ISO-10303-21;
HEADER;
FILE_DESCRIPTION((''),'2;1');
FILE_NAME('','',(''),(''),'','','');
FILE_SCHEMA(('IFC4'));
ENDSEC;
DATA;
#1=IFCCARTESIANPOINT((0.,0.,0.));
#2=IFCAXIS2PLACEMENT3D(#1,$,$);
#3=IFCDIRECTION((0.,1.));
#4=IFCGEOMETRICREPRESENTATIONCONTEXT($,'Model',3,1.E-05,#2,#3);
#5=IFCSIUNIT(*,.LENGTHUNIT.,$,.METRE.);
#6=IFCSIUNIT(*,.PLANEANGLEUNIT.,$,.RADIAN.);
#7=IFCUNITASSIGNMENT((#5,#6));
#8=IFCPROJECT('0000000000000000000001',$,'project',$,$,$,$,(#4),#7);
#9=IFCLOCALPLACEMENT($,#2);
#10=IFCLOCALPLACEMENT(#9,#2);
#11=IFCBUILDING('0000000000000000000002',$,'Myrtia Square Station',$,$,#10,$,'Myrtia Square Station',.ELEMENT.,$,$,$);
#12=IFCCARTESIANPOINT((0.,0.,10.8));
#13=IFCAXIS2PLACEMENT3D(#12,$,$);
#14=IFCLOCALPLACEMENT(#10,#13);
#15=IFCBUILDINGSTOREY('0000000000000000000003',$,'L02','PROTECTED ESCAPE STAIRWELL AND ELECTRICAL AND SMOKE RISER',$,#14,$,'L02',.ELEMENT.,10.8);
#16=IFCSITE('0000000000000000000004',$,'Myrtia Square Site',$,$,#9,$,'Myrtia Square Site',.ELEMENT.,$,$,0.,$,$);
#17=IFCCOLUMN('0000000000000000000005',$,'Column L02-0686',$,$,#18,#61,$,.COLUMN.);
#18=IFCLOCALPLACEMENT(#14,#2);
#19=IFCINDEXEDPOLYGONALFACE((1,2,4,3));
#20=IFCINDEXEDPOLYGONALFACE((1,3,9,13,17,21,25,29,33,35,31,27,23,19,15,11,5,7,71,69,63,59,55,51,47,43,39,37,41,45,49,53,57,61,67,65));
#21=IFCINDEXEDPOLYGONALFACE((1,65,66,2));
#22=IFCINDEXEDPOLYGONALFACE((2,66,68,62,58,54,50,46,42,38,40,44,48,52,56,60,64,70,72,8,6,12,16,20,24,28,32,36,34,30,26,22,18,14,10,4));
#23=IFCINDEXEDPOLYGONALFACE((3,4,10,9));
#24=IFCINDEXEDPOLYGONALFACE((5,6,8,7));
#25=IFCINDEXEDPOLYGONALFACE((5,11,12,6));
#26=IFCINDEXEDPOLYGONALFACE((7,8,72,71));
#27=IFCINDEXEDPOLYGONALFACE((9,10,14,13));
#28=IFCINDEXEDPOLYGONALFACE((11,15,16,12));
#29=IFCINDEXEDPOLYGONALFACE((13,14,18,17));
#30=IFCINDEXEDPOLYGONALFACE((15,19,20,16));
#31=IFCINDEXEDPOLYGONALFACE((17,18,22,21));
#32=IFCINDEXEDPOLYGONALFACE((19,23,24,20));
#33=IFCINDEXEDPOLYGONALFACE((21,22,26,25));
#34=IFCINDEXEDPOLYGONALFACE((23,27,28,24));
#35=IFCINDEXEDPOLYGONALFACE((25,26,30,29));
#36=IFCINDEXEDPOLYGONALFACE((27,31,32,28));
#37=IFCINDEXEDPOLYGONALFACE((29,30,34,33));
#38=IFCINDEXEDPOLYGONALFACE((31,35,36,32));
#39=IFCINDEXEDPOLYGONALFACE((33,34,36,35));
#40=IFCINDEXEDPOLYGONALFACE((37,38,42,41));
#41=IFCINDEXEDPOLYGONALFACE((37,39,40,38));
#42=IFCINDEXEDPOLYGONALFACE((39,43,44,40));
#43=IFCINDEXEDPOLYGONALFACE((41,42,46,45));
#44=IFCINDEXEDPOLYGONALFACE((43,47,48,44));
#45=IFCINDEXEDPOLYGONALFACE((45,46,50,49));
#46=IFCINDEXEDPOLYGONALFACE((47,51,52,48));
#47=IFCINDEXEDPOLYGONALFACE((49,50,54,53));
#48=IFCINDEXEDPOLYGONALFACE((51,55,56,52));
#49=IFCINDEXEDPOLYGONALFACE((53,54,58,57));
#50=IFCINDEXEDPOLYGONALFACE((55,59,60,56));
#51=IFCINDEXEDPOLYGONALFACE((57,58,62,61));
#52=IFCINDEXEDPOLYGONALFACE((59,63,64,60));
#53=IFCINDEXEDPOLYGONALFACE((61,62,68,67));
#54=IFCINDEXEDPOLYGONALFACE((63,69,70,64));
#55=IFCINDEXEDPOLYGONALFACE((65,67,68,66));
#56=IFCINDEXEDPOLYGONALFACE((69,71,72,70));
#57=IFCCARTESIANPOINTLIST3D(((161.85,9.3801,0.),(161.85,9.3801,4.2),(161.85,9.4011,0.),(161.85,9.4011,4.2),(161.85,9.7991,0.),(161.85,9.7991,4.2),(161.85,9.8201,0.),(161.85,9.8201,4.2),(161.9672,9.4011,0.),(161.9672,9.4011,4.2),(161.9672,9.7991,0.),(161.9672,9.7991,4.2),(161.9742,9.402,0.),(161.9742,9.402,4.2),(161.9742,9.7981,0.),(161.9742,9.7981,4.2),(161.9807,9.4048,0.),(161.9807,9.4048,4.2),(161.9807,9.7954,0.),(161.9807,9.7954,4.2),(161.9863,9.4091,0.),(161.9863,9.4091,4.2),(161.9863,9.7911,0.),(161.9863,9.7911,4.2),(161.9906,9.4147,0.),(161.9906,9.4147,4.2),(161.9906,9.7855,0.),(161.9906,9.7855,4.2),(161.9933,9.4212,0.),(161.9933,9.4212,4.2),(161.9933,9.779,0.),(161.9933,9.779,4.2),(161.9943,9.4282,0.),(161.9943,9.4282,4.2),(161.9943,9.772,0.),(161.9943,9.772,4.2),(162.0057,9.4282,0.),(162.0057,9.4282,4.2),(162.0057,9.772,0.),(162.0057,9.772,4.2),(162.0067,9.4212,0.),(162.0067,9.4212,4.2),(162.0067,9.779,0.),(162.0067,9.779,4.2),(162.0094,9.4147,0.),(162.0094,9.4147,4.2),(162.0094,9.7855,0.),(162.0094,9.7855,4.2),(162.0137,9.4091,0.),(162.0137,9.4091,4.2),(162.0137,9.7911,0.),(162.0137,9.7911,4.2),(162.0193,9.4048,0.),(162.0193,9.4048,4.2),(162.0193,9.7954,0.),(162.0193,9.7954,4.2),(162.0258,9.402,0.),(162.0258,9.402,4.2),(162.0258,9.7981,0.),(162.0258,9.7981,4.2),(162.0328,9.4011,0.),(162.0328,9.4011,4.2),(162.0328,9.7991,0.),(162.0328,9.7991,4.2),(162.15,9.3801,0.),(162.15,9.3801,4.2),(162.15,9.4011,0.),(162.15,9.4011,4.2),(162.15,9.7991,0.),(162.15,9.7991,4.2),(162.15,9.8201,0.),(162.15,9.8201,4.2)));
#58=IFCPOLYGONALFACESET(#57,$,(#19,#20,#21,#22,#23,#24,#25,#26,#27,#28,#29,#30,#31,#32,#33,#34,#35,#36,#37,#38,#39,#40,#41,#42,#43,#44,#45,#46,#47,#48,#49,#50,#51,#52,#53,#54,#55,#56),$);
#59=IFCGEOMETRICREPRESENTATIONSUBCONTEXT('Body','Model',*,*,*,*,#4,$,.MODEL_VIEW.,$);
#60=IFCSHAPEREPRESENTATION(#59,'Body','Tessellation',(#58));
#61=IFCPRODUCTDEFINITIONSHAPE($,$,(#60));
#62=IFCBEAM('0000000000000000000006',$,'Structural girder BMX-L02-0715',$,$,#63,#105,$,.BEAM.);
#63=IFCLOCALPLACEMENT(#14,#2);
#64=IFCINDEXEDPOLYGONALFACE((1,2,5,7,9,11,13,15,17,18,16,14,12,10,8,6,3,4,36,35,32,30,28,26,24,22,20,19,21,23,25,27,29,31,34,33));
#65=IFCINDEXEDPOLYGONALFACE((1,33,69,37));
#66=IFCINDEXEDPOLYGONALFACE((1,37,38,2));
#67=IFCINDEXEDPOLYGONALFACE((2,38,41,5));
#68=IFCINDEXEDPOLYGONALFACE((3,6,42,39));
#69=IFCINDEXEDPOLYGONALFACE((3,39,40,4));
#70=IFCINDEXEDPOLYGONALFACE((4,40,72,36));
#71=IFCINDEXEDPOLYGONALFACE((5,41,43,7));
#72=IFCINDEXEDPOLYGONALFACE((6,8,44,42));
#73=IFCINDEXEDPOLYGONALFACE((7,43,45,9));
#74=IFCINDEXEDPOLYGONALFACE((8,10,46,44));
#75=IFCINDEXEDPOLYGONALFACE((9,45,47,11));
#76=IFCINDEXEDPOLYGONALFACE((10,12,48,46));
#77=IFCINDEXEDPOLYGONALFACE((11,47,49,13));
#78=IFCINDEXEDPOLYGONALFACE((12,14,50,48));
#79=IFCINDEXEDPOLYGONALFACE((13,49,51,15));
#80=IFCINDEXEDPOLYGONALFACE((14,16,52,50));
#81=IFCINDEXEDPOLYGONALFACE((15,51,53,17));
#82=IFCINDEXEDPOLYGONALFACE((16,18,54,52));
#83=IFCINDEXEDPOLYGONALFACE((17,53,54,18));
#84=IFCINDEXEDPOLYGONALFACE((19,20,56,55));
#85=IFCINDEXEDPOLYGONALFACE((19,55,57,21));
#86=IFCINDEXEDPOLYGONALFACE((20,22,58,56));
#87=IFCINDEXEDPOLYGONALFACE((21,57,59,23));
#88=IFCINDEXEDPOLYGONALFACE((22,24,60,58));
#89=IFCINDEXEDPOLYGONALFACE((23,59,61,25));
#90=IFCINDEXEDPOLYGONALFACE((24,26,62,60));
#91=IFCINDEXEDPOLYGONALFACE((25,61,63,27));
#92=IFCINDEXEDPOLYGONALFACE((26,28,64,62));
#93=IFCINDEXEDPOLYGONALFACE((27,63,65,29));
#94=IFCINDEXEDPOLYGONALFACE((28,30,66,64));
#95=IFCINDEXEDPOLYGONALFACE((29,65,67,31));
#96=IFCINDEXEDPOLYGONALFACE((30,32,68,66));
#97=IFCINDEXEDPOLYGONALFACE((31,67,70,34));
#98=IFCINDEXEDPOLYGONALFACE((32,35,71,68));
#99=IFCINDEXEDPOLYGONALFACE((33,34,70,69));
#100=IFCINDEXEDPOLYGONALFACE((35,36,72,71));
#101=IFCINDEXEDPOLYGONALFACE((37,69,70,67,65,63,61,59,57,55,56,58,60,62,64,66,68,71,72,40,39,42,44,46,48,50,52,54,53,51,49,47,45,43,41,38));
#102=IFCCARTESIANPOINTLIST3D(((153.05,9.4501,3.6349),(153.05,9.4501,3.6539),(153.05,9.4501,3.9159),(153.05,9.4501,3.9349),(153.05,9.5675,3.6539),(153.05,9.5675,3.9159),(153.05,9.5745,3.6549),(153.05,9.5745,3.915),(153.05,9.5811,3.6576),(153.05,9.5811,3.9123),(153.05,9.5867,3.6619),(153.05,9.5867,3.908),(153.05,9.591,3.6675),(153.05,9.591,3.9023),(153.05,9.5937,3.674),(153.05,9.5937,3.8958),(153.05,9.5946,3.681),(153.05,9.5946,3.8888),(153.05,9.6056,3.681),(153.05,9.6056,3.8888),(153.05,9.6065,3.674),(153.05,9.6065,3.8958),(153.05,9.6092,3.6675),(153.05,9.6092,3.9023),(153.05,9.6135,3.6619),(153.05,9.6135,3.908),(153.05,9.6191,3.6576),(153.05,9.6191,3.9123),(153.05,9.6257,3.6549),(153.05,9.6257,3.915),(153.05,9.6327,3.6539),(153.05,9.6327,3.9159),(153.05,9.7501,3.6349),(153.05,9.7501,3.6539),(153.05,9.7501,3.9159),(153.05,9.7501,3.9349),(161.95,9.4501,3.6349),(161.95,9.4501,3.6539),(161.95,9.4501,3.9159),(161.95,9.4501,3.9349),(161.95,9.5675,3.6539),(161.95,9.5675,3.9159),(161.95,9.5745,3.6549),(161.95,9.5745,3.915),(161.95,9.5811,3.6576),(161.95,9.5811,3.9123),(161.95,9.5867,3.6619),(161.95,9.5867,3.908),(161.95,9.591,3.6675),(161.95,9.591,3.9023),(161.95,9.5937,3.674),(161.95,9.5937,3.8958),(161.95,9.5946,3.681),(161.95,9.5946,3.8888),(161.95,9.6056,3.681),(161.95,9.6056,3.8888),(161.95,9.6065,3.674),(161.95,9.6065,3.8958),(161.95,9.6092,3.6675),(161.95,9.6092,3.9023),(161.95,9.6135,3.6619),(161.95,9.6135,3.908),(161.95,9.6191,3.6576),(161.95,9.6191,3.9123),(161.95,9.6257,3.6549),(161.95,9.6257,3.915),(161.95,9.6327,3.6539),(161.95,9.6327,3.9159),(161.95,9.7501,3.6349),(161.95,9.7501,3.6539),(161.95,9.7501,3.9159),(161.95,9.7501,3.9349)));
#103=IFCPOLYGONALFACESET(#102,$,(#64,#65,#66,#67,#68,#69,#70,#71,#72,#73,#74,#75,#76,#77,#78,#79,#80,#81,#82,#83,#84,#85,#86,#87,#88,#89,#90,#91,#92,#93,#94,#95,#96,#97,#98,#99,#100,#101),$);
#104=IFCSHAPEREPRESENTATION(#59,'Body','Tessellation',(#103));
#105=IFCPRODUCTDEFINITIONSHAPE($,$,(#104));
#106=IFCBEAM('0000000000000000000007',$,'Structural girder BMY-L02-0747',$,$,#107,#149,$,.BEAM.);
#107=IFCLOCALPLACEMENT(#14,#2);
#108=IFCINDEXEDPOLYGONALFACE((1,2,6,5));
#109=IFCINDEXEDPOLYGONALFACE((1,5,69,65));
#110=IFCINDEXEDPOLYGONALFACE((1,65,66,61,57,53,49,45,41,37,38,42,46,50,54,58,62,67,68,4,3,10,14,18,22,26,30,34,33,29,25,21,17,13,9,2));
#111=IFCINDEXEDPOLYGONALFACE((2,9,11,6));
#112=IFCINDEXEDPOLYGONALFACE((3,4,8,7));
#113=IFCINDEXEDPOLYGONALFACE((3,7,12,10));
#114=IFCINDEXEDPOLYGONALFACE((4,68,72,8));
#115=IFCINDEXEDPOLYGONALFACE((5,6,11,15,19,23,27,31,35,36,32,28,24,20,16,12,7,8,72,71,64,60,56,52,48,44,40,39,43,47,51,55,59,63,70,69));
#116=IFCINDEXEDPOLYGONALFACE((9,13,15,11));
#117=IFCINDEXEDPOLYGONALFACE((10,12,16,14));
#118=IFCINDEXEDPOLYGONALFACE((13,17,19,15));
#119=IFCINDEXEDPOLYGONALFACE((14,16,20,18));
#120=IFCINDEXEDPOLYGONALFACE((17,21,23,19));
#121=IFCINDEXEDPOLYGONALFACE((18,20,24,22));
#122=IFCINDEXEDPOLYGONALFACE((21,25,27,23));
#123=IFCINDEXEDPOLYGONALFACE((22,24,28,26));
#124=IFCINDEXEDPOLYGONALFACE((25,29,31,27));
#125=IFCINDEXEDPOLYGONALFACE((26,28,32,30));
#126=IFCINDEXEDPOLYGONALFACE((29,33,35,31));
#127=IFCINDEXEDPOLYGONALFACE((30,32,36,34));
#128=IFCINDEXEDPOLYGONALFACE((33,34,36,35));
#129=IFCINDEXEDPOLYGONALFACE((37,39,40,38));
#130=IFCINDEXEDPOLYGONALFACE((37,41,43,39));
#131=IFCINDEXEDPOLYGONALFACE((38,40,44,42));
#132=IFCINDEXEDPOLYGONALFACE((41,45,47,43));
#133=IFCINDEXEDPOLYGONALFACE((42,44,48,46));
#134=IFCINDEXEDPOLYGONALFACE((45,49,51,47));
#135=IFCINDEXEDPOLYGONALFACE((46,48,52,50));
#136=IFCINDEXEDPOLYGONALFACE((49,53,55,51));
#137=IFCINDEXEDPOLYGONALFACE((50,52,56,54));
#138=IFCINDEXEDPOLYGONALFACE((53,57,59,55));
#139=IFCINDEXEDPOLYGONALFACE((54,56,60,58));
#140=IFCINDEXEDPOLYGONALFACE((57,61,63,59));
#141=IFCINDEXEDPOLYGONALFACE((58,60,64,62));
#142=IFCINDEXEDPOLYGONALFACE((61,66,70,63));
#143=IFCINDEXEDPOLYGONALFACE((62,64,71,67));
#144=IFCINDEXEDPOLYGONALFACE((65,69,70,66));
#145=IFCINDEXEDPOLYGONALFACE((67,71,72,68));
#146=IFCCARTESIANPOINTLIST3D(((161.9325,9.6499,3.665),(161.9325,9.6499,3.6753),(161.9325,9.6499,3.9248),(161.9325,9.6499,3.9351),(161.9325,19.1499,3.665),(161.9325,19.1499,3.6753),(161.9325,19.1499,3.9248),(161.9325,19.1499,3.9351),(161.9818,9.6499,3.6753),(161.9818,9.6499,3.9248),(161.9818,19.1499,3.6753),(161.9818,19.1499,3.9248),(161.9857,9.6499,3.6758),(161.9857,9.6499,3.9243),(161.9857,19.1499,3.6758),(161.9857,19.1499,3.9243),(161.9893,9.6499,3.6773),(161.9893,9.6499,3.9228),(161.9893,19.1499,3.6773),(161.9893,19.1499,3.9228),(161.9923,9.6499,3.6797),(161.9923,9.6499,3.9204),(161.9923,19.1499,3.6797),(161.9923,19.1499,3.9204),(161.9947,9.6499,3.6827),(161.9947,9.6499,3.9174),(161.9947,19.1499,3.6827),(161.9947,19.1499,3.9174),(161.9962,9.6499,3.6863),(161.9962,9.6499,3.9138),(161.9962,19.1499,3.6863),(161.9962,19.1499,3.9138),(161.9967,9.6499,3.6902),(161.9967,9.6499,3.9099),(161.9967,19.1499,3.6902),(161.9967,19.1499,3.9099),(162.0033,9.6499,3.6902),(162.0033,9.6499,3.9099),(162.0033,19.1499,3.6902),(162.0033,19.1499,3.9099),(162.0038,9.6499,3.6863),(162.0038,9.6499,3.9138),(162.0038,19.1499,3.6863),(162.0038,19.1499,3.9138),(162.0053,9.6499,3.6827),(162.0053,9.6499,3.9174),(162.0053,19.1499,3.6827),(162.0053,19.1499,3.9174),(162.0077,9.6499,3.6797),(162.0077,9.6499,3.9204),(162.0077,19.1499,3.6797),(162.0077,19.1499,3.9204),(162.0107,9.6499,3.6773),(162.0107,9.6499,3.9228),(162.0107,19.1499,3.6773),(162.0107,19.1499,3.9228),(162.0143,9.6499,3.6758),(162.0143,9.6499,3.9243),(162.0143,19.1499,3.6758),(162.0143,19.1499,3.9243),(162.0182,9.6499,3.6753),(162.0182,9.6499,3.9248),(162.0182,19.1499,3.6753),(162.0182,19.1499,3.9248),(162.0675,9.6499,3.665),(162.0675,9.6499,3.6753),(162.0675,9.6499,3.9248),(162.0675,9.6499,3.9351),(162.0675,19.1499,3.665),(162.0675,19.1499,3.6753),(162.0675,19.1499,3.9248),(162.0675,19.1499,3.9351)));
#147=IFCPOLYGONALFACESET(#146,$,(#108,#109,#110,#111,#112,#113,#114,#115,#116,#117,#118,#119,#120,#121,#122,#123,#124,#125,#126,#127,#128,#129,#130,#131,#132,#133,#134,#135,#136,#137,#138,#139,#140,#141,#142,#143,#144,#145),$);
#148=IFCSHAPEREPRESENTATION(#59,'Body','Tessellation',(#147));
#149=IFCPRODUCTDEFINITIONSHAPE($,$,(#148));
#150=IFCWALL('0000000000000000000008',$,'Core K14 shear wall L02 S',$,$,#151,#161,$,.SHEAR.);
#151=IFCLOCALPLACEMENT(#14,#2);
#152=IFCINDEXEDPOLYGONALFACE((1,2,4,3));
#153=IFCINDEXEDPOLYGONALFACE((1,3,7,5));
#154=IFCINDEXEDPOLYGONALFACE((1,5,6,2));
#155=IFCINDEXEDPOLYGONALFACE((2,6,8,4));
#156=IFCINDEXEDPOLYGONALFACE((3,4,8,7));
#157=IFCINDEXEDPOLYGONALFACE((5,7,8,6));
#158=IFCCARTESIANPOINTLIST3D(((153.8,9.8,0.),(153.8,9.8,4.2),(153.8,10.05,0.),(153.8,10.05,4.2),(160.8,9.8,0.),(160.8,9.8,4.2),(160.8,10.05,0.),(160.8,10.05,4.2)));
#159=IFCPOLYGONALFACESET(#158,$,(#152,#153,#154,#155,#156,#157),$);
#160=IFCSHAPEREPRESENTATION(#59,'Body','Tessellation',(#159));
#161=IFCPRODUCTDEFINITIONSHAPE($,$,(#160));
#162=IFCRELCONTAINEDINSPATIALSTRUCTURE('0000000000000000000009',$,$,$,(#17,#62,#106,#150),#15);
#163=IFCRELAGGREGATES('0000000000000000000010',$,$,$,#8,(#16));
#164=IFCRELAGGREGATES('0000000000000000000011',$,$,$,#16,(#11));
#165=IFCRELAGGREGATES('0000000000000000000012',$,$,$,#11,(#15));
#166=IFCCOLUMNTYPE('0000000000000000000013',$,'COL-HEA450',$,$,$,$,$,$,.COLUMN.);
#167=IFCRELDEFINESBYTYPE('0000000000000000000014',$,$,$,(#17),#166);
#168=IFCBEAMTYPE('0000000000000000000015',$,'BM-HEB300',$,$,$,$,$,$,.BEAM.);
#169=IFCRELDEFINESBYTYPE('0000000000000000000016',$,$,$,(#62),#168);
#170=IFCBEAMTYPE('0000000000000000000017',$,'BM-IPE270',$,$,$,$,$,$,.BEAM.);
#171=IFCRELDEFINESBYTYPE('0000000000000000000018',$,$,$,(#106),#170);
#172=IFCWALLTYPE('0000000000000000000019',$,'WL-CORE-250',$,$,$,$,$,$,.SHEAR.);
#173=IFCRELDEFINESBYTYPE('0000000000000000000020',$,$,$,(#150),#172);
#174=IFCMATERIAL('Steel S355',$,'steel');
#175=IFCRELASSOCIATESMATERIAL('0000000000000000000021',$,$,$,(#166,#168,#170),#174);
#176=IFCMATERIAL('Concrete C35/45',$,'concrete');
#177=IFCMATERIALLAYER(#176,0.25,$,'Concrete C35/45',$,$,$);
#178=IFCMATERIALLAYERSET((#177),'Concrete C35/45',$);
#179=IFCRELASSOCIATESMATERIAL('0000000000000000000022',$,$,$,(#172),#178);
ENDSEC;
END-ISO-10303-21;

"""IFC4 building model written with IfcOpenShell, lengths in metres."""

from ifc_helpers import new_model, si_unit, direction, frame, frame_2d, origin, origin_2d, place, context, subcontext, project, spatial, rectangle, i_section, extrude, material, layer, layer_set, material_profile, profile_set, type_object, element, save


model = new_model("IFC4")

# Units and contexts
model_context = context("Model", 3, precision=1e-05, world=origin(), true_north=direction((0.0, 1.0)))
body_context = subcontext(model_context, "Body", "Model", "MODEL_VIEW")
ifc_project = project(units=[si_unit("LENGTHUNIT", "METRE"), si_unit("PLANEANGLEUNIT", "RADIAN")], contexts=[model_context])

# Site, building, storey
site_placement = place(None, origin())
site = spatial("IfcSite", under=ifc_project, at=site_placement, Name="Myrtia Square Site", LongName="Myrtia Square Site", CompositionType="ELEMENT", RefElevation=0.0)
building_placement = place(site_placement, origin())
building = spatial("IfcBuilding", under=site, at=building_placement, Name="Myrtia Square Station", LongName="Myrtia Square Station", CompositionType="ELEMENT")
storey_placement = place(building_placement, frame((0.0, 0.0, 10.8)))
storey = spatial("IfcBuildingStorey", under=building, at=storey_placement, Name="L02", Description="PROTECTED ESCAPE STAIRWELL AND ELECTRICAL AND SMOKE RISER", LongName="L02", CompositionType="ELEMENT", Elevation=10.8)

# Column
ifc_material_1 = material(Name="Steel S355", Category="steel")
ifc_material_profile_1 = material_profile(ifc_material_1, i_section(OverallWidth=0.3, OverallDepth=0.4399, WebThickness=0.0115, FlangeThickness=0.021, FilletRadius=0.0271, at=origin_2d()), Name="HEA 450")
ifc_profile_set_1 = profile_set([ifc_material_profile_1], Name="Steel S355")
column_type = type_object("IfcColumnType", Name="COL-HEA450", PredefinedType="COLUMN", material=ifc_profile_set_1)
column_placement = place(storey_placement, frame((162.0, 9.6001, 0.0), z_axis=(0.0, 0.0, 1.0), x_axis=(1.0, 0.0, 0.0)))
element("IfcColumn", 1, at=column_placement, inside=storey, type_object=column_type, Name="Column L02-0686", PredefinedType="COLUMN", context=body_context, shape_type="SweptSolid", body=[
    extrude(i_section(OverallWidth=0.3, OverallDepth=0.4399, WebThickness=0.0115, FlangeThickness=0.021, FilletRadius=0.0271, at=origin_2d()), origin(), (0.0, 0.0, 1.0), 4.2),
])

# Beams
ifc_material_profile_2 = material_profile(ifc_material_1, i_section(OverallWidth=0.3, OverallDepth=0.3, WebThickness=0.011, FlangeThickness=0.019, FilletRadius=0.0271, at=origin_2d()), Name="HEB 300")
ifc_profile_set_2 = profile_set([ifc_material_profile_2], Name="Steel S355")
beam_type_1 = type_object("IfcBeamType", Name="BM-HEB300", PredefinedType="BEAM", material=ifc_profile_set_2)
beam_1_placement = place(storey_placement, frame((153.05, 9.6001, 3.7849), z_axis=(1.0, 0.0, 0.0), x_axis=(0.0, 1.0, 0.0)))
element("IfcBeam", 2, at=beam_1_placement, inside=storey, type_object=beam_type_1, Name="Structural girder BMX-L02-0715", PredefinedType="BEAM", context=body_context, shape_type="SweptSolid", body=[
    extrude(i_section(OverallWidth=0.3, OverallDepth=0.3, WebThickness=0.011, FlangeThickness=0.019, FilletRadius=0.0271, at=origin_2d()), origin(), (0.0, 0.0, 1.0), 8.8999),
])
ifc_material_profile_3 = material_profile(ifc_material_1, i_section(OverallWidth=0.135, OverallDepth=0.27, WebThickness=0.0066, FlangeThickness=0.0103, FilletRadius=0.0149, at=origin_2d()), Name="IPE 270")
ifc_profile_set_3 = profile_set([ifc_material_profile_3], Name="Steel S355")
beam_type_2 = type_object("IfcBeamType", Name="BM-IPE270", PredefinedType="BEAM", material=ifc_profile_set_3)
beam_2_placement = place(storey_placement, frame((162.0, 9.6499, 3.8), z_axis=(0.0, 1.0, 0.0), x_axis=(-1.0, 0.0, 0.0)))
element("IfcBeam", 3, at=beam_2_placement, inside=storey, type_object=beam_type_2, Name="Structural girder BMY-L02-0747", PredefinedType="BEAM", context=body_context, shape_type="SweptSolid", body=[
    extrude(i_section(OverallWidth=0.135, OverallDepth=0.27, WebThickness=0.0066, FlangeThickness=0.0103, FilletRadius=0.0149, at=origin_2d()), origin(), (0.0, 0.0, 1.0), 9.5),
])

# Wall
ifc_material_2 = material(Name="Concrete C35/45", Category="concrete")
ifc_layer_1 = layer(ifc_material_2, 0.25, Name="Concrete C35/45")
ifc_layer_set_1 = layer_set([ifc_layer_1], Name="Concrete C35/45")
wall_type_1 = type_object("IfcWallType", Name="WL-CORE-250", PredefinedType="SHEAR", material=ifc_layer_set_1)
wall_1_placement = place(storey_placement, frame((153.8, 9.925, 0.0), z_axis=(0.0, 0.0, 1.0), x_axis=(1.0, 0.0, 0.0)))
element("IfcWall", 4, at=wall_1_placement, inside=storey, type_object=wall_type_1, Name="Core K14 shear wall L02 S", PredefinedType="SHEAR", context=body_context, shape_type="SweptSolid", body=[
    extrude(rectangle(XDim=7.0, YDim=0.25, at=frame_2d((3.5, 0.0))), origin(), (0.0, 0.0, 1.0), 4.2),
])

save(model, "model.ifc")
